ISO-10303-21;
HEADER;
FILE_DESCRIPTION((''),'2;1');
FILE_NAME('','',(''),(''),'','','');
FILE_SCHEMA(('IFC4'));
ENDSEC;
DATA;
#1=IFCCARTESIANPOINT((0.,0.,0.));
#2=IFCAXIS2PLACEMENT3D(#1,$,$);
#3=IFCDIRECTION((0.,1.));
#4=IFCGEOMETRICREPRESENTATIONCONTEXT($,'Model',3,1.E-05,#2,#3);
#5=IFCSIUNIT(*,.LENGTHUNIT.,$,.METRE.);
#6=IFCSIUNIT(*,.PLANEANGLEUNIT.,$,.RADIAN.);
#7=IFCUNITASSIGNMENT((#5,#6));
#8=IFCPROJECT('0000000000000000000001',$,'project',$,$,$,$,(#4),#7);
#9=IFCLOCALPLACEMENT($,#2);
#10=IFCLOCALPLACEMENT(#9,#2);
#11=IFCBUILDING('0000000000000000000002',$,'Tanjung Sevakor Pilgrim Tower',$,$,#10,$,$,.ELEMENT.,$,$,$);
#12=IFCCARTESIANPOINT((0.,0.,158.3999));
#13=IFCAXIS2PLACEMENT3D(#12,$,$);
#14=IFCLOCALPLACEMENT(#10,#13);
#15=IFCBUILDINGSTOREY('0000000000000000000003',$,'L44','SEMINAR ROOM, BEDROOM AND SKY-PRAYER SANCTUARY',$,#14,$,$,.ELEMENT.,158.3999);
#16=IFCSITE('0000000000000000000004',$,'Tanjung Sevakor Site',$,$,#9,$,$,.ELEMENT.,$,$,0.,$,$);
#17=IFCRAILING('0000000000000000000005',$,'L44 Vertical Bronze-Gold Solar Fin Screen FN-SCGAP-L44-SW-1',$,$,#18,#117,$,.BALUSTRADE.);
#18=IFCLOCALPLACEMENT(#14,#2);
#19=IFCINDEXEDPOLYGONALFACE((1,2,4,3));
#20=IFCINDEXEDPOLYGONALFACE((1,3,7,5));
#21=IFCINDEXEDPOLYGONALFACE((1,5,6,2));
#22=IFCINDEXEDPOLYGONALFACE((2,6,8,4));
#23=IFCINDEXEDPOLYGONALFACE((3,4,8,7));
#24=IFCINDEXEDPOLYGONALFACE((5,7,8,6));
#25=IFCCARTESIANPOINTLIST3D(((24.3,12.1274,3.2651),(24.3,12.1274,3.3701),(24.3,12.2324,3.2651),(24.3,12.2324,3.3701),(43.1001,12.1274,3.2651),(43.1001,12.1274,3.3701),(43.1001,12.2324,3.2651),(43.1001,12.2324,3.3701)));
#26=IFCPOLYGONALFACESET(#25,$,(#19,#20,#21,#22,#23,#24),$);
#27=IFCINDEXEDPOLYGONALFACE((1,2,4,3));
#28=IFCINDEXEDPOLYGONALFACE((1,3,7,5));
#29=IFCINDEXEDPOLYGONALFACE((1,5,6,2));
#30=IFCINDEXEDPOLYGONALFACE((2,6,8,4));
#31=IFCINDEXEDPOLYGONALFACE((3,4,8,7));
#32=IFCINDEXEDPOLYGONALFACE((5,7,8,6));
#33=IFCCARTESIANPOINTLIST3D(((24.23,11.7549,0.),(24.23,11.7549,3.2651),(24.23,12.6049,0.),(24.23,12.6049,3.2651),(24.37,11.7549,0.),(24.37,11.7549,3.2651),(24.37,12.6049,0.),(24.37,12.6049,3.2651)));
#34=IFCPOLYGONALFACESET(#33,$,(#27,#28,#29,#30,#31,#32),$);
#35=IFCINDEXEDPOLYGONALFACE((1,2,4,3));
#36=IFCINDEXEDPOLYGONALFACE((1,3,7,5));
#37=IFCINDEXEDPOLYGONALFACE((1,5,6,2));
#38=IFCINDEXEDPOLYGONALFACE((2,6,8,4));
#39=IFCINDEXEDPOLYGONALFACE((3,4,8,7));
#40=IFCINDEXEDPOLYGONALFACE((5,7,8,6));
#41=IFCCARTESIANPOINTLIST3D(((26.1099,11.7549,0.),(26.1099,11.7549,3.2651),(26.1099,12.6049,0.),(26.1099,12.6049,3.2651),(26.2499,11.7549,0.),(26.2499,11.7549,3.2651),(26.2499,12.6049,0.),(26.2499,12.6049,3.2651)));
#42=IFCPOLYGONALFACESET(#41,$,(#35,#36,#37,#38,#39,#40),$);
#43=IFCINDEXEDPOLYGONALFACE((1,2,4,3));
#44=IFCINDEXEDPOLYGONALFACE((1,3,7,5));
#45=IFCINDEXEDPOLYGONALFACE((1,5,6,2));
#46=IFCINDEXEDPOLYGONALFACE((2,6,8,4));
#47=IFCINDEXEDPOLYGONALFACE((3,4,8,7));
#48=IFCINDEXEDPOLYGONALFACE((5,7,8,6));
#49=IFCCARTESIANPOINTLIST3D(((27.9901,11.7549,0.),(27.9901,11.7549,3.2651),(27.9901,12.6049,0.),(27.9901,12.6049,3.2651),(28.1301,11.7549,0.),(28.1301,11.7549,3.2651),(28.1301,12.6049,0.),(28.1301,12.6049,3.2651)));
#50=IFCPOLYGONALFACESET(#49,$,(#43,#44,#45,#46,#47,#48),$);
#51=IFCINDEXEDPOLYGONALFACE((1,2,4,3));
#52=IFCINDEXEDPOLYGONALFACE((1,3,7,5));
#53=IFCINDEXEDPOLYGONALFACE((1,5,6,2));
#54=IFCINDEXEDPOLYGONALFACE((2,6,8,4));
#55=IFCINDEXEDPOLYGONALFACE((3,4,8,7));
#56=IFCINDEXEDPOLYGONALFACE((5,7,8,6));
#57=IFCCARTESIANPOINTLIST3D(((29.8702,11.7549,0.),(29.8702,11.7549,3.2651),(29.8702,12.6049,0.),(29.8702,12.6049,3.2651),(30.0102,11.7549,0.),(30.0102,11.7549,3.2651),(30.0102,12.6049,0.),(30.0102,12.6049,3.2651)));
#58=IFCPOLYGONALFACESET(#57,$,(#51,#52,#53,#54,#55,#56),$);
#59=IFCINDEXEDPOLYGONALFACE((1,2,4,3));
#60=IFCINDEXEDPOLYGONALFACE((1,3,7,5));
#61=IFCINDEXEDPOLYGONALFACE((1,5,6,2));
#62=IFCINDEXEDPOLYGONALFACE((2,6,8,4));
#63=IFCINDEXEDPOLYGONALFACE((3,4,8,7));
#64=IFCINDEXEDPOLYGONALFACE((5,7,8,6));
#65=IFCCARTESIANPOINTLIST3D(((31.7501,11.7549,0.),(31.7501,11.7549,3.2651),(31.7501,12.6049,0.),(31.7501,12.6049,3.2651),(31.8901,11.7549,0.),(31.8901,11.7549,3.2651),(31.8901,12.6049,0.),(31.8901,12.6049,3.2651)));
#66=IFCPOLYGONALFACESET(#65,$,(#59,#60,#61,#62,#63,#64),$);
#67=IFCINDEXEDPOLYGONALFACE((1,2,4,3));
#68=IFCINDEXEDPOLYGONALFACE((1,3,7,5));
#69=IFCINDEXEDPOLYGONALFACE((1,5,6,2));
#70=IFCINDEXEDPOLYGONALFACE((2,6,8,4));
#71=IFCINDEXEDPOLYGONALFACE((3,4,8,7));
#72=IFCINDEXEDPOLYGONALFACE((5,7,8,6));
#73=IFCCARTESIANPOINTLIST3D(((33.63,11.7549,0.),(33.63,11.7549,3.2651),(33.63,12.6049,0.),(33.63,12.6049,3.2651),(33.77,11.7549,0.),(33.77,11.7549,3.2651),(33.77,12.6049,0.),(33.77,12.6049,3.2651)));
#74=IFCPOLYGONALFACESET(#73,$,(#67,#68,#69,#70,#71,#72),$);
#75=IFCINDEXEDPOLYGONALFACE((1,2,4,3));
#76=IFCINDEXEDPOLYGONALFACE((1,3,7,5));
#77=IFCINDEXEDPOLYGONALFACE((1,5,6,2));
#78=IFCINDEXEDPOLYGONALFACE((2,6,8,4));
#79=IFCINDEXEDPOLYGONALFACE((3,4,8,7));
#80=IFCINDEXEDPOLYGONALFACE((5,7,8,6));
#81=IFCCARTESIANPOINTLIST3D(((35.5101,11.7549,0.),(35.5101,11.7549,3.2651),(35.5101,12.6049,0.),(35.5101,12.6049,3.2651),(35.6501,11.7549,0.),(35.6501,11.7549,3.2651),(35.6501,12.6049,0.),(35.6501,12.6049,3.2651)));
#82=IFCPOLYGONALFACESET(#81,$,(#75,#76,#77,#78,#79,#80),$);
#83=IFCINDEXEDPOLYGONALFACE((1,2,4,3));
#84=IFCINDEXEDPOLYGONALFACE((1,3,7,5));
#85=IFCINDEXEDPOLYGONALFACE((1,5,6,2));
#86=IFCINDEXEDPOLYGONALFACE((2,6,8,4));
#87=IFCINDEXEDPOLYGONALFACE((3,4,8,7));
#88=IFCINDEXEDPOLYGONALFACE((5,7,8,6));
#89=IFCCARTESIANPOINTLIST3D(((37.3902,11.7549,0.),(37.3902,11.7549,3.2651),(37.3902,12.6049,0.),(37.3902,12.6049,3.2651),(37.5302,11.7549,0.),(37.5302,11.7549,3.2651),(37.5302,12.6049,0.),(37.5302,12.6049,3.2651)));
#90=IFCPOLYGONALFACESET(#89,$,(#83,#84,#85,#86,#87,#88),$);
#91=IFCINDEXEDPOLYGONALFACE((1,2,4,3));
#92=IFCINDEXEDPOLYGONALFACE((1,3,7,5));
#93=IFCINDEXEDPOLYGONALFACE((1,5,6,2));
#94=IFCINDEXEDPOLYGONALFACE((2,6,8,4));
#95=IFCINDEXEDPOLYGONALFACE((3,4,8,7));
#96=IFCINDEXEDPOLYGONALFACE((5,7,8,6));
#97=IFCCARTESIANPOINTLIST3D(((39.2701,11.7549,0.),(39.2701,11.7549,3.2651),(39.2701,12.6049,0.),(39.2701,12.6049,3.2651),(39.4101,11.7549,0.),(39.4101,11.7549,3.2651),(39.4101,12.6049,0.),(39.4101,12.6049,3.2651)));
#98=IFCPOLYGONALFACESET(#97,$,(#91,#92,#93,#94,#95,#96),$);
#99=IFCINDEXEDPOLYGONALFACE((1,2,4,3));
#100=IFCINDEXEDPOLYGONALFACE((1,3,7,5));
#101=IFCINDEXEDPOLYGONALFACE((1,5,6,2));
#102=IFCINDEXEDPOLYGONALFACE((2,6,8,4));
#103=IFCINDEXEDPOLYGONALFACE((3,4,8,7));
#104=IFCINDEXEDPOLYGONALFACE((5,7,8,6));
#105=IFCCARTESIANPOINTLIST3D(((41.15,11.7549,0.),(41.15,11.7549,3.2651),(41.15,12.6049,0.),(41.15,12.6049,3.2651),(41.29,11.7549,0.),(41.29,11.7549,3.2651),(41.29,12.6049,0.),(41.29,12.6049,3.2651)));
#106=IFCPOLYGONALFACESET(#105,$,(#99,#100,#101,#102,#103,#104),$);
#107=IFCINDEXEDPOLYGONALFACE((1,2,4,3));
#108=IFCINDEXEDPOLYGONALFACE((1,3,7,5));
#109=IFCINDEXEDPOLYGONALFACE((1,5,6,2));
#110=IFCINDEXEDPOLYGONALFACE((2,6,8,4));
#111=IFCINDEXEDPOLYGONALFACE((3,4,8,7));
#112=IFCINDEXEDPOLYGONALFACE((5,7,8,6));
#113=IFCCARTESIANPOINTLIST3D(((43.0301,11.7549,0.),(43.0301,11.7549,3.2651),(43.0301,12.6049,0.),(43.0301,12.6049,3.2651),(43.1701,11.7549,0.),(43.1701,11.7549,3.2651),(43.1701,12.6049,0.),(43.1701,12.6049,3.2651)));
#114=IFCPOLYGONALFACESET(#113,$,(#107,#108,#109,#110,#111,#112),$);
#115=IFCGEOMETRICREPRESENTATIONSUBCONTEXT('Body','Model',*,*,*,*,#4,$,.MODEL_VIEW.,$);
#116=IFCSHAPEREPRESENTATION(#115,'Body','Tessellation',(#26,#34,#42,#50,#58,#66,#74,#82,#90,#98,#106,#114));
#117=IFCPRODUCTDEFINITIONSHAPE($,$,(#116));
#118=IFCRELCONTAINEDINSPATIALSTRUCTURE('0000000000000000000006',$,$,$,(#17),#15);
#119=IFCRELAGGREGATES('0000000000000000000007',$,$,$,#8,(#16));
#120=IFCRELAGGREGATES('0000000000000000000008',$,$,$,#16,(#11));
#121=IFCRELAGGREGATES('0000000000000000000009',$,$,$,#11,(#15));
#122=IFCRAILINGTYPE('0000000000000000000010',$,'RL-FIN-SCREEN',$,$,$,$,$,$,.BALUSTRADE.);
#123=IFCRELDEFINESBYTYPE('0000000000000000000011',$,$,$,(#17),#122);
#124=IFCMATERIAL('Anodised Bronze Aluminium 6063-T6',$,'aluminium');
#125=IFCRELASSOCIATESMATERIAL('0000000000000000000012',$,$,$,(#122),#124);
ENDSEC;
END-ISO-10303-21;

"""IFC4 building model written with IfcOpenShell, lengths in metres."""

from ifc_helpers import new_model, si_unit, direction, frame, origin, place, context, subcontext, project, spatial, rectangle, extrude, material, type_object, element, save


model = new_model("IFC4")

# Units and contexts
model_context = context("Model", 3, precision=1e-05, world=origin(), true_north=direction((0.0, 1.0)))
body_context = subcontext(model_context, "Body", "Model", "MODEL_VIEW")
ifc_project = project(units=[si_unit("LENGTHUNIT", "METRE"), si_unit("PLANEANGLEUNIT", "RADIAN")], contexts=[model_context])

# Site, building, storey
site_placement = place(None, origin())
site = spatial("IfcSite", under=ifc_project, at=site_placement, Name="Tanjung Sevakor Site", CompositionType="ELEMENT", RefElevation=0.0)
building_placement = place(site_placement, origin())
building = spatial("IfcBuilding", under=site, at=building_placement, Name="Tanjung Sevakor Pilgrim Tower", CompositionType="ELEMENT")
storey_placement = place(building_placement, frame((0.0, 0.0, 158.3999)))
storey = spatial("IfcBuildingStorey", under=building, at=storey_placement, Name="L44", Description="SEMINAR ROOM, BEDROOM AND SKY-PRAYER SANCTUARY", CompositionType="ELEMENT", Elevation=158.3999)

# Railing
ifc_material_1 = material(Name="Anodised Bronze Aluminium 6063-T6", Category="aluminium")
railing_type_1 = type_object("IfcRailingType", Name="RL-FIN-SCREEN", PredefinedType="BALUSTRADE", material=ifc_material_1)
railing_1_placement = place(storey_placement, frame((24.3, 12.1799, 0.0)))
element("IfcRailing", 1, at=railing_1_placement, inside=storey, type_object=railing_type_1, Name="L44 Vertical Bronze-Gold Solar Fin Screen FN-SCGAP-L44-SW-1", PredefinedType="BALUSTRADE", context=body_context, shape_type="SweptSolid", body=[
    extrude(rectangle(XDim=0.105, YDim=0.105), frame((0.0, 0.0, 3.3176), z_axis=(1.0, 0.0, 0.0), x_axis=(0.0, 1.0, 0.0)), (0.0, 0.0, 1.0), 18.8),
    extrude(rectangle(XDim=0.14, YDim=0.85), origin(), (0.0, 0.0, 1.0), 3.2651),
    extrude(rectangle(XDim=0.14, YDim=0.85), frame((1.8799, 0.0, 0.0)), (0.0, 0.0, 1.0), 3.2651),
    extrude(rectangle(XDim=0.14, YDim=0.85), frame((3.76, 0.0, 0.0)), (0.0, 0.0, 1.0), 3.2651),
    extrude(rectangle(XDim=0.14, YDim=0.85), frame((5.6401, 0.0, 0.0)), (0.0, 0.0, 1.0), 3.2651),
    extrude(rectangle(XDim=0.14, YDim=0.85), frame((7.52, 0.0, 0.0)), (0.0, 0.0, 1.0), 3.2651),
    extrude(rectangle(XDim=0.14, YDim=0.85), frame((9.3999, 0.0, 0.0)), (0.0, 0.0, 1.0), 3.2651),
    extrude(rectangle(XDim=0.14, YDim=0.85), frame((11.28, 0.0, 0.0)), (0.0, 0.0, 1.0), 3.2651),
    extrude(rectangle(XDim=0.14, YDim=0.85), frame((13.1602, 0.0, 0.0)), (0.0, 0.0, 1.0), 3.2651),
    extrude(rectangle(XDim=0.14, YDim=0.85), frame((15.04, 0.0, 0.0)), (0.0, 0.0, 1.0), 3.2651),
    extrude(rectangle(XDim=0.14, YDim=0.85), frame((16.9199, 0.0, 0.0)), (0.0, 0.0, 1.0), 3.2651),
    extrude(rectangle(XDim=0.14, YDim=0.85), frame((18.8, 0.0, 0.0)), (0.0, 0.0, 1.0), 3.2651),
])

save(model, "model.ifc")
